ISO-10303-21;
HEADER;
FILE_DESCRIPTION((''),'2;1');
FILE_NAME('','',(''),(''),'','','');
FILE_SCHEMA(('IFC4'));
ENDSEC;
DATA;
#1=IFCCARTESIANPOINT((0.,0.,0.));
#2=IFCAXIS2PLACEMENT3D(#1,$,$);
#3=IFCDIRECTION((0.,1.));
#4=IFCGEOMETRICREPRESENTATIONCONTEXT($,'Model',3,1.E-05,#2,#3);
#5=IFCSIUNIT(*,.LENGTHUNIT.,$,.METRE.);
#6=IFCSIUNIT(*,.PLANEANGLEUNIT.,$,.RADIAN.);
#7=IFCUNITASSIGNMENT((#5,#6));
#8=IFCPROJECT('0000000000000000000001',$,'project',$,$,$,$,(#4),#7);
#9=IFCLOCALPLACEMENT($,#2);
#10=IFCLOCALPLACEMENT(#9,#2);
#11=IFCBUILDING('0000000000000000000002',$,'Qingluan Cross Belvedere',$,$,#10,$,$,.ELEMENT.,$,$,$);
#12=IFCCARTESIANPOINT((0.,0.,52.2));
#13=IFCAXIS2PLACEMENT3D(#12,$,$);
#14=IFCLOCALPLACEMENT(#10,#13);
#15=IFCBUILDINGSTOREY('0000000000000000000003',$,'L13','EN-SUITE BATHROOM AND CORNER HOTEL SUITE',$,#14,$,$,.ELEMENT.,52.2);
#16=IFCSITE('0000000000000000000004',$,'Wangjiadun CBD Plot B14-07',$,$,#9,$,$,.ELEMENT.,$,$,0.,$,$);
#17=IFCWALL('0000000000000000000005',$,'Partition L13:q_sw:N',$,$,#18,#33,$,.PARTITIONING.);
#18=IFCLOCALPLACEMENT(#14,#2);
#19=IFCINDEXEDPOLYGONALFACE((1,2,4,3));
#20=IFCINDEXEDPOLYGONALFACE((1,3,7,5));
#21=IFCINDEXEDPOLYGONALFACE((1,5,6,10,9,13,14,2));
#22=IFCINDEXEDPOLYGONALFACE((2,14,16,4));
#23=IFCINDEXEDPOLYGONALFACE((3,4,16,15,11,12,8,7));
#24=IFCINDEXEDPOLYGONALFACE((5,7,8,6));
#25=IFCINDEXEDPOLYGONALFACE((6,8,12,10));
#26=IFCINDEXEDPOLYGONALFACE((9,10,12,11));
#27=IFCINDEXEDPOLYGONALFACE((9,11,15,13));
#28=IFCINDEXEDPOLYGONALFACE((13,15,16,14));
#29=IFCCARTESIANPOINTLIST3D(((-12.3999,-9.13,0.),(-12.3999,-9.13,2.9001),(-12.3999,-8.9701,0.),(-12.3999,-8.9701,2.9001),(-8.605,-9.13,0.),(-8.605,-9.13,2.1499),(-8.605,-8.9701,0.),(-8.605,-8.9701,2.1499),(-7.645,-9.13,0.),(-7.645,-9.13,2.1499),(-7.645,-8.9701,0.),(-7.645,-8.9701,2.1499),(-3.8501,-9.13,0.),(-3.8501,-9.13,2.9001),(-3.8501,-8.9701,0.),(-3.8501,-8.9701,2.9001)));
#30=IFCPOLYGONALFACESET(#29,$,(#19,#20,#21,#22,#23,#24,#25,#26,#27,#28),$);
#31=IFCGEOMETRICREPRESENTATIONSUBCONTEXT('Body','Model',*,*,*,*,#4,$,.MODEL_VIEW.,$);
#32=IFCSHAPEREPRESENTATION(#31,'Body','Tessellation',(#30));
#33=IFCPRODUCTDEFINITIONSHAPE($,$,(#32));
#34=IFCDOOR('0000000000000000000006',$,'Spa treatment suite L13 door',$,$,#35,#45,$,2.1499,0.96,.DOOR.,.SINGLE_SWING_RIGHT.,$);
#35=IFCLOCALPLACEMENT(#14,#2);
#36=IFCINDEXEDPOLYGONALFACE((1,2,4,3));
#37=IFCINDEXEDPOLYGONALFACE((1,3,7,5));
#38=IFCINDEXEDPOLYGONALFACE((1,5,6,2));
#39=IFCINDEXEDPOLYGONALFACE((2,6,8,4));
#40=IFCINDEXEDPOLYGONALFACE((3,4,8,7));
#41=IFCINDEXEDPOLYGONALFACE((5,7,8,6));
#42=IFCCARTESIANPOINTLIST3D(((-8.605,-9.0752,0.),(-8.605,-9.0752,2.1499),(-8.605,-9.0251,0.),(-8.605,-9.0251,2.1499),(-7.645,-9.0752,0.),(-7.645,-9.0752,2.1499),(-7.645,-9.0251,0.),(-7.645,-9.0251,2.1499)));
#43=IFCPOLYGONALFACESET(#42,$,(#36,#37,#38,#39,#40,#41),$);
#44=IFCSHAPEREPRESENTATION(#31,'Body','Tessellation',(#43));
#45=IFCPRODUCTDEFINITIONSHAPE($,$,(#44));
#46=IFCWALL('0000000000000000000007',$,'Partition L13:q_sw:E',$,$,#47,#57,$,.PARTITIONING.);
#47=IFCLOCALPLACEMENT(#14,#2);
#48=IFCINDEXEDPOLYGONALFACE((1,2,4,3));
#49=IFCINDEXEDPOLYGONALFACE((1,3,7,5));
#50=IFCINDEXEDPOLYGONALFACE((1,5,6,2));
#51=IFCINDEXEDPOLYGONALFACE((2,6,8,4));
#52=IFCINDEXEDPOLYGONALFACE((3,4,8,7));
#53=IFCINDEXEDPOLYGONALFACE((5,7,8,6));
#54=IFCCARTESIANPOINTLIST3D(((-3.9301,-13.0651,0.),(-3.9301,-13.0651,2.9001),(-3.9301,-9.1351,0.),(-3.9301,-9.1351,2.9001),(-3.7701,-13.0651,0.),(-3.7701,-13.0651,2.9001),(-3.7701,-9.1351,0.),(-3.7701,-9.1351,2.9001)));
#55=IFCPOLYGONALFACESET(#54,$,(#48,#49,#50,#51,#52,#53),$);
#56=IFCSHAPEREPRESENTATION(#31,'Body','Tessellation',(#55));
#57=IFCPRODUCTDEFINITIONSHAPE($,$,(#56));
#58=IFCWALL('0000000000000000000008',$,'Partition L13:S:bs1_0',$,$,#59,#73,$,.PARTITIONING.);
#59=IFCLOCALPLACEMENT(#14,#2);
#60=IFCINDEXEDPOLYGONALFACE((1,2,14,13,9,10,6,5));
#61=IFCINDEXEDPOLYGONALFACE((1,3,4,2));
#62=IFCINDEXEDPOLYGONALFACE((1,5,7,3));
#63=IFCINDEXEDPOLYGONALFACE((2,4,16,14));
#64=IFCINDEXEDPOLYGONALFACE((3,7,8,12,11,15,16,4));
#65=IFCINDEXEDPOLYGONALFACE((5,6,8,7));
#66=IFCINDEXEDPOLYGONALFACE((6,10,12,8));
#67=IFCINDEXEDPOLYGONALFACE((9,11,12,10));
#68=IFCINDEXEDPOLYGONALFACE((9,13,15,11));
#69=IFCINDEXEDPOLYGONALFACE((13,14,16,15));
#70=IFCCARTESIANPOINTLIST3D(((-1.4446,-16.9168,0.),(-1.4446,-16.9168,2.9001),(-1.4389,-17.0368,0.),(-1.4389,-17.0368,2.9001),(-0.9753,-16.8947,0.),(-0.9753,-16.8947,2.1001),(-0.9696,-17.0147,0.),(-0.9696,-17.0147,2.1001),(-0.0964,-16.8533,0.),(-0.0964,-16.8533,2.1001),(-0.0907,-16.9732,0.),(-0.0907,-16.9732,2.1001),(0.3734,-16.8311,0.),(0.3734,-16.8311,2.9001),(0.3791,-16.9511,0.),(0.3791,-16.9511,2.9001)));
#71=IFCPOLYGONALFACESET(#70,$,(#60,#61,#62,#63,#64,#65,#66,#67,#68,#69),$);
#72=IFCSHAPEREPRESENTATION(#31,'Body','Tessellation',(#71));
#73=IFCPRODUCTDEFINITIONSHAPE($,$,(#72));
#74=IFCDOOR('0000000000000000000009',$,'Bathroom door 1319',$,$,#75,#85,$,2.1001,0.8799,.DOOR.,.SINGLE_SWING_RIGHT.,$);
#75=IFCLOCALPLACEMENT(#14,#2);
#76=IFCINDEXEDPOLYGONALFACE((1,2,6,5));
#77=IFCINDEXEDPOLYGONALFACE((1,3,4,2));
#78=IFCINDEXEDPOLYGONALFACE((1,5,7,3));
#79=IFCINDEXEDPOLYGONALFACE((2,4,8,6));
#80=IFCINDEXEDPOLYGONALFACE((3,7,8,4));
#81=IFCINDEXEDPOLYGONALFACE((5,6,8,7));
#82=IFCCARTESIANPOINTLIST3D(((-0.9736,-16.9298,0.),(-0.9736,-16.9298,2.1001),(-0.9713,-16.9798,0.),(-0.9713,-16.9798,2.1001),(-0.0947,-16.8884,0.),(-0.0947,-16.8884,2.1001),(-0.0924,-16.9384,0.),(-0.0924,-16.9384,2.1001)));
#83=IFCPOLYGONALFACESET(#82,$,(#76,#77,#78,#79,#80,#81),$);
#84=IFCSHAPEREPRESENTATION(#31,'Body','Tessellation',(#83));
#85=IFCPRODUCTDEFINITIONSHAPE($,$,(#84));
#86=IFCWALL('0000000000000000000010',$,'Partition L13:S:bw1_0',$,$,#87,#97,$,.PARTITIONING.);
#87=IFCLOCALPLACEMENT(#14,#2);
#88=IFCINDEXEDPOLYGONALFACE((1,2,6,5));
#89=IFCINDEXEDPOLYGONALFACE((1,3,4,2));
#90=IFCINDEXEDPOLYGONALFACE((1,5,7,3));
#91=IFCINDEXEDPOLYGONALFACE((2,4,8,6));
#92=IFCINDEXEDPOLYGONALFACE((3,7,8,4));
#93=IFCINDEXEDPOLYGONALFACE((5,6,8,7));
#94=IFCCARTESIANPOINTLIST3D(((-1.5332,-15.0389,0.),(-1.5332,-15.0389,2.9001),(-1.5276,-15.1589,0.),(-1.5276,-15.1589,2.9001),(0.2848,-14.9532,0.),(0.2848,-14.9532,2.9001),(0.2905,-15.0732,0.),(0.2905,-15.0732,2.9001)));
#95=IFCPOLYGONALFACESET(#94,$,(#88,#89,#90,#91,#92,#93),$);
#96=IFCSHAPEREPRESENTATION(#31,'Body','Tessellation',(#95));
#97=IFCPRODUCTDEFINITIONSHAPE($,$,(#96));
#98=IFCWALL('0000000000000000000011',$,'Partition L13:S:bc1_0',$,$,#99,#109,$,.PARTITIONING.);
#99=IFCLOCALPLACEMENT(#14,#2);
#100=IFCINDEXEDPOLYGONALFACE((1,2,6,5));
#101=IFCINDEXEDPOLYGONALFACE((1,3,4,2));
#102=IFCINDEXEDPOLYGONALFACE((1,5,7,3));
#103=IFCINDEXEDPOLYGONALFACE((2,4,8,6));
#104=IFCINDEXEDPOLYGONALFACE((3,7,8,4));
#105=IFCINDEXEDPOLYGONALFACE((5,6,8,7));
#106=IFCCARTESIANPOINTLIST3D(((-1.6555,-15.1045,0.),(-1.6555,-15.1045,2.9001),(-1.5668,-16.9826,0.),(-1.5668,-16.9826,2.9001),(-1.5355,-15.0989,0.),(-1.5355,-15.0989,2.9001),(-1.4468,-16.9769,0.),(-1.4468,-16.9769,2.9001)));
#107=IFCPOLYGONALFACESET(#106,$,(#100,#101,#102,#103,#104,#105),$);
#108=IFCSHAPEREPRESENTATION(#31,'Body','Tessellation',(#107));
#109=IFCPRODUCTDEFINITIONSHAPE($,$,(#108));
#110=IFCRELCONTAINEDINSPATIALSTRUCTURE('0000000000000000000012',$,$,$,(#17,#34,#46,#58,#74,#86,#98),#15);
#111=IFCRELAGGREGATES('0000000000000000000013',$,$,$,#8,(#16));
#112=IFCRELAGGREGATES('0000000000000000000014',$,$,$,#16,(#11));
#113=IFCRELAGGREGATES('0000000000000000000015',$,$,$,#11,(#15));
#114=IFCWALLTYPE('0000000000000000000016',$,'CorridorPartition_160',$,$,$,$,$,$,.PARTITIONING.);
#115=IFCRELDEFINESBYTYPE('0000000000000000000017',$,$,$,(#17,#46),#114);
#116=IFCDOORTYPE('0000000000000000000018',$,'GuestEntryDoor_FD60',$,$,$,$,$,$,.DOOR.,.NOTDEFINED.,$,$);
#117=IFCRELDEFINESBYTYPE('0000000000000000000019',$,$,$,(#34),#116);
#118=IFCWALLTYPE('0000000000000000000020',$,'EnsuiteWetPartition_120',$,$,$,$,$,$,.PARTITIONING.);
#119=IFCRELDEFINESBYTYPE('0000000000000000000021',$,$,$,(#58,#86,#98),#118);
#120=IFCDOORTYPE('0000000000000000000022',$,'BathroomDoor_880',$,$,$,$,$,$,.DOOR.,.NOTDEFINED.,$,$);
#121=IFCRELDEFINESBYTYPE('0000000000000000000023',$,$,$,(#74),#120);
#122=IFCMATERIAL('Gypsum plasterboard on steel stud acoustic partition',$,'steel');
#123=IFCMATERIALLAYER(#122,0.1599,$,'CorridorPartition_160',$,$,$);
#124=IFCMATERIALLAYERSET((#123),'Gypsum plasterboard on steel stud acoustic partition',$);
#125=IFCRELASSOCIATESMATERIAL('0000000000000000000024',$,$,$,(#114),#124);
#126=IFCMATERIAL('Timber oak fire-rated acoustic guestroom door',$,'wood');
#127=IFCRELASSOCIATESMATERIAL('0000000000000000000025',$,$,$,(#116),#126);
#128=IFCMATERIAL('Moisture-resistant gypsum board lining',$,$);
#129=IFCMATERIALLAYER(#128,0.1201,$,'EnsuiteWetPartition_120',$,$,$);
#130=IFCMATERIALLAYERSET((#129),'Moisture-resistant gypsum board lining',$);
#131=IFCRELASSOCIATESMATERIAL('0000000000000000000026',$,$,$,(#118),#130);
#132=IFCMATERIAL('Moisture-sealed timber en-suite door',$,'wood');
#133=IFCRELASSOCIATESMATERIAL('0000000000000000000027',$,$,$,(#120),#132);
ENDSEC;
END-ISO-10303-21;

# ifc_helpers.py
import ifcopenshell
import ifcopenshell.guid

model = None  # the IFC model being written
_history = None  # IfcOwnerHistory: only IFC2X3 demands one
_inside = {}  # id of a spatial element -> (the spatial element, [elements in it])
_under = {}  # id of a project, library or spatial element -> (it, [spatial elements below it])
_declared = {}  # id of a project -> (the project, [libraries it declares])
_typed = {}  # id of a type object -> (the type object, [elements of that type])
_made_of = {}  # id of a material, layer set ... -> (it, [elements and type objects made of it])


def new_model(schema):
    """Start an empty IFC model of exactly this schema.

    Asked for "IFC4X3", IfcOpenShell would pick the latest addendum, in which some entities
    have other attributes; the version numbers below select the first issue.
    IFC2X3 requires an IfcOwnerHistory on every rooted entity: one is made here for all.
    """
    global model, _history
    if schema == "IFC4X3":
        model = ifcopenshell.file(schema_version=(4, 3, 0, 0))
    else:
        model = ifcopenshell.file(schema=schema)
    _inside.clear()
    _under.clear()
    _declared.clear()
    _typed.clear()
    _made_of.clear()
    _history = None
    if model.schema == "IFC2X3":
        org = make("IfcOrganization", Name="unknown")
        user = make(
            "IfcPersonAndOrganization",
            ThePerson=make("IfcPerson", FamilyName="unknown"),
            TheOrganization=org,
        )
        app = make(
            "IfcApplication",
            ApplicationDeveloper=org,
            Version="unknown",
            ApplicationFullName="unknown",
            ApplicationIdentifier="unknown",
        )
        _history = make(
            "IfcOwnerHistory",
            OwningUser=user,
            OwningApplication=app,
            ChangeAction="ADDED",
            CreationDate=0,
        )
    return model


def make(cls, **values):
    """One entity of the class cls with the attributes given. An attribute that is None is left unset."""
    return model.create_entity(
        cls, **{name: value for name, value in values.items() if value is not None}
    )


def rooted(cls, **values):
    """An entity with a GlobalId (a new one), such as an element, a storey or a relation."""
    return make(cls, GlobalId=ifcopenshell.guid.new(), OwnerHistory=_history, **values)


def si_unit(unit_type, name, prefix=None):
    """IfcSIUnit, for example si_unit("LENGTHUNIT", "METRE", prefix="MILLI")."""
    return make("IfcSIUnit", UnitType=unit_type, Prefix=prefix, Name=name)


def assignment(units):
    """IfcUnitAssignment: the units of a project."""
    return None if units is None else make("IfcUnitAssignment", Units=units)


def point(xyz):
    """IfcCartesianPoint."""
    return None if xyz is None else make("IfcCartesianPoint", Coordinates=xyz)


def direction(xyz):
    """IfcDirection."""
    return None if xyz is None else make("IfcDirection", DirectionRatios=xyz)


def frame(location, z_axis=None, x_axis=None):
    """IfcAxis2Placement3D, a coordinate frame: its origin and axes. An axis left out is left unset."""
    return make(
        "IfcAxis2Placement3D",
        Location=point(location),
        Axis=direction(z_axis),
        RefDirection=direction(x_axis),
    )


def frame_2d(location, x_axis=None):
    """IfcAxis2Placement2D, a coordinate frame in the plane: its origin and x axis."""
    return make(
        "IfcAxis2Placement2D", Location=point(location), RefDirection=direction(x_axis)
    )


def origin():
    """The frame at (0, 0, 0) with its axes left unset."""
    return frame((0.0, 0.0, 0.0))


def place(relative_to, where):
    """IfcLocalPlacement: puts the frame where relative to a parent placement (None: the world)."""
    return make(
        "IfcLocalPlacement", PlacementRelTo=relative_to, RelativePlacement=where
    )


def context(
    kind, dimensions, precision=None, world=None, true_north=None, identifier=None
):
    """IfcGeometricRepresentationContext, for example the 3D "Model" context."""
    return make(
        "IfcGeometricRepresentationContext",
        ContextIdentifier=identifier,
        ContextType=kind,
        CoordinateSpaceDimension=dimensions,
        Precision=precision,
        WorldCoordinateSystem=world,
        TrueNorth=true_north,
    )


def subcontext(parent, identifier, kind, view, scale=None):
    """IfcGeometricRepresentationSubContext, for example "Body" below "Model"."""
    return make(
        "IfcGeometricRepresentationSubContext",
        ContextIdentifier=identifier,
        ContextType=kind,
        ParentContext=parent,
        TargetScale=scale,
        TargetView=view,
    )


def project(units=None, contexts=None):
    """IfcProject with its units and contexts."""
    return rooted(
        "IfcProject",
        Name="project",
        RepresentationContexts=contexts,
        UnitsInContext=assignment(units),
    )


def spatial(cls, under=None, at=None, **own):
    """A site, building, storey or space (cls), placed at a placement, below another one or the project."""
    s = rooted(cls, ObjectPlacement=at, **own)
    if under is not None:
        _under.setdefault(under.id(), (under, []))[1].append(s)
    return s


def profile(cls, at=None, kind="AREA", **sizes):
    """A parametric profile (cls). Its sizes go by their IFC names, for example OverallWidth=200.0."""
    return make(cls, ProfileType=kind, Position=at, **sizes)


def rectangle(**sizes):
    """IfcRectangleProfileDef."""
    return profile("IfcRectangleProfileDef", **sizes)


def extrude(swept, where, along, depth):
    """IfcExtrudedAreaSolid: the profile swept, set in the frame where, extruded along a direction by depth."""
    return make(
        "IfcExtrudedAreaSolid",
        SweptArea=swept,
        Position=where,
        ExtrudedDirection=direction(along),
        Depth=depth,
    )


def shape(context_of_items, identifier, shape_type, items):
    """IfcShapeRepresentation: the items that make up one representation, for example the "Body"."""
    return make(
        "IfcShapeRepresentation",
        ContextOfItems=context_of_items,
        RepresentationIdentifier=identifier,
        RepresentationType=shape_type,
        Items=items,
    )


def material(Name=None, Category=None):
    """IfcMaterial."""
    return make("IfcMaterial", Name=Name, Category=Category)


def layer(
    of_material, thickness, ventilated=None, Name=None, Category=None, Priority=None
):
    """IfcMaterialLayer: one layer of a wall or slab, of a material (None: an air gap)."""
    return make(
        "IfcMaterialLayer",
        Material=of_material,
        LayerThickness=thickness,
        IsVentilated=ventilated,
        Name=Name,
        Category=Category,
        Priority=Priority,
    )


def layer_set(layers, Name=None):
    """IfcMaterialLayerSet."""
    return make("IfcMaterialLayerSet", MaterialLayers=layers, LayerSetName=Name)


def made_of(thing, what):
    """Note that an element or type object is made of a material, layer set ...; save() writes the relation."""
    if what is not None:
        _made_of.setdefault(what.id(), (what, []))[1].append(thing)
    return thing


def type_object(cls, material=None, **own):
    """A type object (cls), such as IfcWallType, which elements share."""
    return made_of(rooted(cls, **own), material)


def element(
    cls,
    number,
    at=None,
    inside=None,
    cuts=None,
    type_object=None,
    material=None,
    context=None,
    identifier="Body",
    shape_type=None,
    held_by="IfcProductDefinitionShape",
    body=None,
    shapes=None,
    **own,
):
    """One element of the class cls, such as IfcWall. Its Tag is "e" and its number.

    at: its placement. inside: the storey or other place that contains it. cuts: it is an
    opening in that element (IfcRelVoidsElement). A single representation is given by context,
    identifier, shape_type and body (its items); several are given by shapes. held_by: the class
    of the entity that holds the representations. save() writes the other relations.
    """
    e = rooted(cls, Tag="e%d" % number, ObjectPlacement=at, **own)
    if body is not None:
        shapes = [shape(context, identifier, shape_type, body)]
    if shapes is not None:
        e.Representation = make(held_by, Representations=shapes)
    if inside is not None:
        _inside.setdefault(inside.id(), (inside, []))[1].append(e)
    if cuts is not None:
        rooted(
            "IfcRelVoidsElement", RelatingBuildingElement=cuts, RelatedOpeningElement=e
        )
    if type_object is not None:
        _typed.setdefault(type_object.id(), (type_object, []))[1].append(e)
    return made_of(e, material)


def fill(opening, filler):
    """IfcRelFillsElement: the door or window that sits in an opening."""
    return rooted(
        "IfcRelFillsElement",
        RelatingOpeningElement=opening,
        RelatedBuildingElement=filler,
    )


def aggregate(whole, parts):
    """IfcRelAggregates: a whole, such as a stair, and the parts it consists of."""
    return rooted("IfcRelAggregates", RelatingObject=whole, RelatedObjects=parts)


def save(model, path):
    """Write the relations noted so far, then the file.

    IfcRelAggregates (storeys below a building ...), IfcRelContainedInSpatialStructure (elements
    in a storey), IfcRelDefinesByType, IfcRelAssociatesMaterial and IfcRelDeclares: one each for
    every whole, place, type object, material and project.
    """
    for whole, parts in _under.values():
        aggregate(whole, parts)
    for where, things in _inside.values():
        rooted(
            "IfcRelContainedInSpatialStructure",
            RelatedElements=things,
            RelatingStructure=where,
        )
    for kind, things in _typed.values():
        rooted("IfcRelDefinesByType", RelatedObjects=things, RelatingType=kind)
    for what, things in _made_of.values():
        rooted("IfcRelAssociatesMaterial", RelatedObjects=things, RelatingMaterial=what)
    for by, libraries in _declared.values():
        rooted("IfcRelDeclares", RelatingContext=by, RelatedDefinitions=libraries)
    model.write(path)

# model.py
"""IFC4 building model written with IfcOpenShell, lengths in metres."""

from ifc_helpers import new_model, si_unit, direction, frame, frame_2d, origin, place, context, subcontext, project, spatial, rectangle, extrude, material, layer, layer_set, type_object, element, fill, save


model = new_model("IFC4")

# Units and contexts
model_context = context("Model", 3, precision=1e-05, world=origin(), true_north=direction((0.0, 1.0)))
body_context = subcontext(model_context, "Body", "Model", "MODEL_VIEW")
ifc_project = project(units=[si_unit("LENGTHUNIT", "METRE"), si_unit("PLANEANGLEUNIT", "RADIAN")], contexts=[model_context])

# Site, building, storey
site_placement = place(None, origin())
site = spatial("IfcSite", under=ifc_project, at=site_placement, Name="Wangjiadun CBD Plot B14-07", CompositionType="ELEMENT", RefElevation=0.0)
building_placement = place(site_placement, origin())
building = spatial("IfcBuilding", under=site, at=building_placement, Name="Qingluan Cross Belvedere", CompositionType="ELEMENT")
storey_placement = place(building_placement, frame((0.0, 0.0, 52.2)))
storey = spatial("IfcBuildingStorey", under=building, at=storey_placement, Name="L13", Description="EN-SUITE BATHROOM AND CORNER HOTEL SUITE", CompositionType="ELEMENT", Elevation=52.2)

# Wall, opening, door
ifc_material_1 = material(Name="Gypsum plasterboard on steel stud acoustic partition", Category="steel")
ifc_layer_1 = layer(ifc_material_1, 0.1599, Name="CorridorPartition_160")
ifc_layer_set_1 = layer_set([ifc_layer_1], Name="Gypsum plasterboard on steel stud acoustic partition")
wall_type_1 = type_object("IfcWallType", Name="CorridorPartition_160", PredefinedType="PARTITIONING", material=ifc_layer_set_1)
wall_1_placement = place(storey_placement, frame((-12.3999, -9.05, 0.0), z_axis=(0.0, 0.0, 1.0), x_axis=(1.0, 0.0, 0.0)))
wall_1 = element("IfcWall", 1, at=wall_1_placement, inside=storey, type_object=wall_type_1, Name="Partition L13:q_sw:N", PredefinedType="PARTITIONING", context=body_context, shape_type="SweptSolid", body=[
    extrude(rectangle(XDim=8.5498, YDim=0.1599, at=frame_2d((4.2749, 0.0))), origin(), (0.0, 0.0, 1.0), 2.9001),
])
opening_1_placement = place(wall_1_placement, frame((3.7949, 0.0, 0.0)))
opening_1 = element("IfcOpeningElement", 2, at=opening_1_placement, cuts=wall_1, PredefinedType="OPENING", context=body_context, shape_type="SweptSolid", body=[
    extrude(rectangle(XDim=0.96, YDim=2.1499, at=frame_2d((0.48, 1.075))), frame((0.0, 0.0898, 0.0), z_axis=(0.0, -1.0, 0.0), x_axis=(1.0, 0.0, 0.0)), (0.0, 0.0, 1.0), 0.1799),
])
ifc_material_2 = material(Name="Timber oak fire-rated acoustic guestroom door", Category="wood")
door_type_1 = type_object("IfcDoorType", Name="GuestEntryDoor_FD60", OperationType="NOTDEFINED", PredefinedType="DOOR", material=ifc_material_2)
door_1_placement = place(opening_1_placement, origin())
door_1 = element("IfcDoor", 3, at=door_1_placement, inside=storey, type_object=door_type_1, Name="Spa treatment suite L13 door", OperationType="SINGLE_SWING_RIGHT", OverallHeight=2.1499, OverallWidth=0.96, PredefinedType="DOOR", context=body_context, shape_type="SweptSolid", body=[
    extrude(rectangle(XDim=0.96, YDim=2.1499, at=frame_2d((0.48, 1.075))), frame((0.0, 0.0249, 0.0), z_axis=(0.0, -1.0, 0.0), x_axis=(1.0, 0.0, 0.0)), (0.0, 0.0, 1.0), 0.05),
])
fill(opening_1, door_1)

# Wall
wall_2_placement = place(storey_placement, frame((-3.8501, -13.0649, 0.0), z_axis=(0.0, 0.0, 1.0), x_axis=(0.0, 1.0, 0.0)))
element("IfcWall", 4, at=wall_2_placement, inside=storey, type_object=wall_type_1, Name="Partition L13:q_sw:E", PredefinedType="PARTITIONING", context=body_context, shape_type="SweptSolid", body=[
    extrude(rectangle(XDim=3.9299, YDim=0.1599, at=frame_2d((1.9648, 0.0))), origin(), (0.0, 0.0, 1.0), 2.9001),
])

# Wall, opening, door
ifc_material_3 = material(Name="Moisture-resistant gypsum board lining")
ifc_layer_2 = layer(ifc_material_3, 0.1201, Name="EnsuiteWetPartition_120")
ifc_layer_set_2 = layer_set([ifc_layer_2], Name="Moisture-resistant gypsum board lining")
wall_type_2 = type_object("IfcWallType", Name="EnsuiteWetPartition_120", PredefinedType="PARTITIONING", material=ifc_layer_set_2)
wall_3_placement = place(storey_placement, frame((-1.4419, -16.9768, 0.0), z_axis=(0.0, 0.0, 1.0), x_axis=(0.998891, 0.047081, 0.0)))
wall_3 = element("IfcWall", 5, at=wall_3_placement, inside=storey, type_object=wall_type_2, Name="Partition L13:S:bs1_0", PredefinedType="PARTITIONING", context=body_context, shape_type="SweptSolid", body=[
    extrude(rectangle(XDim=1.8201, YDim=0.1201, at=frame_2d((0.9102, 0.0))), origin(), (0.0, 0.0, 1.0), 2.9001),
])
opening_2_placement = place(wall_3_placement, frame((0.47, 0.0, 0.0)))
opening_2 = element("IfcOpeningElement", 6, at=opening_2_placement, cuts=wall_3, PredefinedType="OPENING", context=body_context, shape_type="SweptSolid", body=[
    extrude(rectangle(XDim=0.8799, YDim=2.1001, at=frame_2d((0.4399, 1.05))), frame((0.0, 0.0701, 0.0), z_axis=(0.0, -1.0, 0.0), x_axis=(1.0, 0.0, 0.0)), (0.0, 0.0, 1.0), 0.1401),
])
ifc_material_4 = material(Name="Moisture-sealed timber en-suite door", Category="wood")
door_type_2 = type_object("IfcDoorType", Name="BathroomDoor_880", OperationType="NOTDEFINED", PredefinedType="DOOR", material=ifc_material_4)
door_2_placement = place(opening_2_placement, origin())
door_2 = element("IfcDoor", 7, at=door_2_placement, inside=storey, type_object=door_type_2, Name="Bathroom door 1319", OperationType="SINGLE_SWING_RIGHT", OverallHeight=2.1001, OverallWidth=0.8799, PredefinedType="DOOR", context=body_context, shape_type="SweptSolid", body=[
    extrude(rectangle(XDim=0.8799, YDim=2.1001, at=frame_2d((0.4399, 1.05))), frame((0.0, 0.0249, 0.0), z_axis=(0.0, -1.0, 0.0), x_axis=(1.0, 0.0, 0.0)), (0.0, 0.0, 1.0), 0.05),
])
fill(opening_2, door_2)

# Walls
wall_4_placement = place(storey_placement, frame((-1.5305, -15.0989, 0.0), z_axis=(0.0, 0.0, 1.0), x_axis=(0.998891, 0.047081, 0.0)))
element("IfcWall", 8, at=wall_4_placement, inside=storey, type_object=wall_type_2, Name="Partition L13:S:bw1_0", PredefinedType="PARTITIONING", context=body_context, shape_type="SweptSolid", body=[
    extrude(rectangle(XDim=1.8201, YDim=0.1201, at=frame_2d((0.9102, 0.0))), origin(), (0.0, 0.0, 1.0), 2.9001),
])
wall_5_placement = place(storey_placement, frame((-1.5955, -15.1018, 0.0), z_axis=(0.0, 0.0, 1.0), x_axis=(0.047139, -0.998888, 0.0)))
element("IfcWall", 9, at=wall_5_placement, inside=storey, type_object=wall_type_2, Name="Partition L13:S:bc1_0", PredefinedType="PARTITIONING", context=body_context, shape_type="SweptSolid", body=[
    extrude(rectangle(XDim=1.8801, YDim=0.1201, at=frame_2d((0.9399, 0.0))), origin(), (0.0, 0.0, 1.0), 2.9001),
])

save(model, "model.ifc")
